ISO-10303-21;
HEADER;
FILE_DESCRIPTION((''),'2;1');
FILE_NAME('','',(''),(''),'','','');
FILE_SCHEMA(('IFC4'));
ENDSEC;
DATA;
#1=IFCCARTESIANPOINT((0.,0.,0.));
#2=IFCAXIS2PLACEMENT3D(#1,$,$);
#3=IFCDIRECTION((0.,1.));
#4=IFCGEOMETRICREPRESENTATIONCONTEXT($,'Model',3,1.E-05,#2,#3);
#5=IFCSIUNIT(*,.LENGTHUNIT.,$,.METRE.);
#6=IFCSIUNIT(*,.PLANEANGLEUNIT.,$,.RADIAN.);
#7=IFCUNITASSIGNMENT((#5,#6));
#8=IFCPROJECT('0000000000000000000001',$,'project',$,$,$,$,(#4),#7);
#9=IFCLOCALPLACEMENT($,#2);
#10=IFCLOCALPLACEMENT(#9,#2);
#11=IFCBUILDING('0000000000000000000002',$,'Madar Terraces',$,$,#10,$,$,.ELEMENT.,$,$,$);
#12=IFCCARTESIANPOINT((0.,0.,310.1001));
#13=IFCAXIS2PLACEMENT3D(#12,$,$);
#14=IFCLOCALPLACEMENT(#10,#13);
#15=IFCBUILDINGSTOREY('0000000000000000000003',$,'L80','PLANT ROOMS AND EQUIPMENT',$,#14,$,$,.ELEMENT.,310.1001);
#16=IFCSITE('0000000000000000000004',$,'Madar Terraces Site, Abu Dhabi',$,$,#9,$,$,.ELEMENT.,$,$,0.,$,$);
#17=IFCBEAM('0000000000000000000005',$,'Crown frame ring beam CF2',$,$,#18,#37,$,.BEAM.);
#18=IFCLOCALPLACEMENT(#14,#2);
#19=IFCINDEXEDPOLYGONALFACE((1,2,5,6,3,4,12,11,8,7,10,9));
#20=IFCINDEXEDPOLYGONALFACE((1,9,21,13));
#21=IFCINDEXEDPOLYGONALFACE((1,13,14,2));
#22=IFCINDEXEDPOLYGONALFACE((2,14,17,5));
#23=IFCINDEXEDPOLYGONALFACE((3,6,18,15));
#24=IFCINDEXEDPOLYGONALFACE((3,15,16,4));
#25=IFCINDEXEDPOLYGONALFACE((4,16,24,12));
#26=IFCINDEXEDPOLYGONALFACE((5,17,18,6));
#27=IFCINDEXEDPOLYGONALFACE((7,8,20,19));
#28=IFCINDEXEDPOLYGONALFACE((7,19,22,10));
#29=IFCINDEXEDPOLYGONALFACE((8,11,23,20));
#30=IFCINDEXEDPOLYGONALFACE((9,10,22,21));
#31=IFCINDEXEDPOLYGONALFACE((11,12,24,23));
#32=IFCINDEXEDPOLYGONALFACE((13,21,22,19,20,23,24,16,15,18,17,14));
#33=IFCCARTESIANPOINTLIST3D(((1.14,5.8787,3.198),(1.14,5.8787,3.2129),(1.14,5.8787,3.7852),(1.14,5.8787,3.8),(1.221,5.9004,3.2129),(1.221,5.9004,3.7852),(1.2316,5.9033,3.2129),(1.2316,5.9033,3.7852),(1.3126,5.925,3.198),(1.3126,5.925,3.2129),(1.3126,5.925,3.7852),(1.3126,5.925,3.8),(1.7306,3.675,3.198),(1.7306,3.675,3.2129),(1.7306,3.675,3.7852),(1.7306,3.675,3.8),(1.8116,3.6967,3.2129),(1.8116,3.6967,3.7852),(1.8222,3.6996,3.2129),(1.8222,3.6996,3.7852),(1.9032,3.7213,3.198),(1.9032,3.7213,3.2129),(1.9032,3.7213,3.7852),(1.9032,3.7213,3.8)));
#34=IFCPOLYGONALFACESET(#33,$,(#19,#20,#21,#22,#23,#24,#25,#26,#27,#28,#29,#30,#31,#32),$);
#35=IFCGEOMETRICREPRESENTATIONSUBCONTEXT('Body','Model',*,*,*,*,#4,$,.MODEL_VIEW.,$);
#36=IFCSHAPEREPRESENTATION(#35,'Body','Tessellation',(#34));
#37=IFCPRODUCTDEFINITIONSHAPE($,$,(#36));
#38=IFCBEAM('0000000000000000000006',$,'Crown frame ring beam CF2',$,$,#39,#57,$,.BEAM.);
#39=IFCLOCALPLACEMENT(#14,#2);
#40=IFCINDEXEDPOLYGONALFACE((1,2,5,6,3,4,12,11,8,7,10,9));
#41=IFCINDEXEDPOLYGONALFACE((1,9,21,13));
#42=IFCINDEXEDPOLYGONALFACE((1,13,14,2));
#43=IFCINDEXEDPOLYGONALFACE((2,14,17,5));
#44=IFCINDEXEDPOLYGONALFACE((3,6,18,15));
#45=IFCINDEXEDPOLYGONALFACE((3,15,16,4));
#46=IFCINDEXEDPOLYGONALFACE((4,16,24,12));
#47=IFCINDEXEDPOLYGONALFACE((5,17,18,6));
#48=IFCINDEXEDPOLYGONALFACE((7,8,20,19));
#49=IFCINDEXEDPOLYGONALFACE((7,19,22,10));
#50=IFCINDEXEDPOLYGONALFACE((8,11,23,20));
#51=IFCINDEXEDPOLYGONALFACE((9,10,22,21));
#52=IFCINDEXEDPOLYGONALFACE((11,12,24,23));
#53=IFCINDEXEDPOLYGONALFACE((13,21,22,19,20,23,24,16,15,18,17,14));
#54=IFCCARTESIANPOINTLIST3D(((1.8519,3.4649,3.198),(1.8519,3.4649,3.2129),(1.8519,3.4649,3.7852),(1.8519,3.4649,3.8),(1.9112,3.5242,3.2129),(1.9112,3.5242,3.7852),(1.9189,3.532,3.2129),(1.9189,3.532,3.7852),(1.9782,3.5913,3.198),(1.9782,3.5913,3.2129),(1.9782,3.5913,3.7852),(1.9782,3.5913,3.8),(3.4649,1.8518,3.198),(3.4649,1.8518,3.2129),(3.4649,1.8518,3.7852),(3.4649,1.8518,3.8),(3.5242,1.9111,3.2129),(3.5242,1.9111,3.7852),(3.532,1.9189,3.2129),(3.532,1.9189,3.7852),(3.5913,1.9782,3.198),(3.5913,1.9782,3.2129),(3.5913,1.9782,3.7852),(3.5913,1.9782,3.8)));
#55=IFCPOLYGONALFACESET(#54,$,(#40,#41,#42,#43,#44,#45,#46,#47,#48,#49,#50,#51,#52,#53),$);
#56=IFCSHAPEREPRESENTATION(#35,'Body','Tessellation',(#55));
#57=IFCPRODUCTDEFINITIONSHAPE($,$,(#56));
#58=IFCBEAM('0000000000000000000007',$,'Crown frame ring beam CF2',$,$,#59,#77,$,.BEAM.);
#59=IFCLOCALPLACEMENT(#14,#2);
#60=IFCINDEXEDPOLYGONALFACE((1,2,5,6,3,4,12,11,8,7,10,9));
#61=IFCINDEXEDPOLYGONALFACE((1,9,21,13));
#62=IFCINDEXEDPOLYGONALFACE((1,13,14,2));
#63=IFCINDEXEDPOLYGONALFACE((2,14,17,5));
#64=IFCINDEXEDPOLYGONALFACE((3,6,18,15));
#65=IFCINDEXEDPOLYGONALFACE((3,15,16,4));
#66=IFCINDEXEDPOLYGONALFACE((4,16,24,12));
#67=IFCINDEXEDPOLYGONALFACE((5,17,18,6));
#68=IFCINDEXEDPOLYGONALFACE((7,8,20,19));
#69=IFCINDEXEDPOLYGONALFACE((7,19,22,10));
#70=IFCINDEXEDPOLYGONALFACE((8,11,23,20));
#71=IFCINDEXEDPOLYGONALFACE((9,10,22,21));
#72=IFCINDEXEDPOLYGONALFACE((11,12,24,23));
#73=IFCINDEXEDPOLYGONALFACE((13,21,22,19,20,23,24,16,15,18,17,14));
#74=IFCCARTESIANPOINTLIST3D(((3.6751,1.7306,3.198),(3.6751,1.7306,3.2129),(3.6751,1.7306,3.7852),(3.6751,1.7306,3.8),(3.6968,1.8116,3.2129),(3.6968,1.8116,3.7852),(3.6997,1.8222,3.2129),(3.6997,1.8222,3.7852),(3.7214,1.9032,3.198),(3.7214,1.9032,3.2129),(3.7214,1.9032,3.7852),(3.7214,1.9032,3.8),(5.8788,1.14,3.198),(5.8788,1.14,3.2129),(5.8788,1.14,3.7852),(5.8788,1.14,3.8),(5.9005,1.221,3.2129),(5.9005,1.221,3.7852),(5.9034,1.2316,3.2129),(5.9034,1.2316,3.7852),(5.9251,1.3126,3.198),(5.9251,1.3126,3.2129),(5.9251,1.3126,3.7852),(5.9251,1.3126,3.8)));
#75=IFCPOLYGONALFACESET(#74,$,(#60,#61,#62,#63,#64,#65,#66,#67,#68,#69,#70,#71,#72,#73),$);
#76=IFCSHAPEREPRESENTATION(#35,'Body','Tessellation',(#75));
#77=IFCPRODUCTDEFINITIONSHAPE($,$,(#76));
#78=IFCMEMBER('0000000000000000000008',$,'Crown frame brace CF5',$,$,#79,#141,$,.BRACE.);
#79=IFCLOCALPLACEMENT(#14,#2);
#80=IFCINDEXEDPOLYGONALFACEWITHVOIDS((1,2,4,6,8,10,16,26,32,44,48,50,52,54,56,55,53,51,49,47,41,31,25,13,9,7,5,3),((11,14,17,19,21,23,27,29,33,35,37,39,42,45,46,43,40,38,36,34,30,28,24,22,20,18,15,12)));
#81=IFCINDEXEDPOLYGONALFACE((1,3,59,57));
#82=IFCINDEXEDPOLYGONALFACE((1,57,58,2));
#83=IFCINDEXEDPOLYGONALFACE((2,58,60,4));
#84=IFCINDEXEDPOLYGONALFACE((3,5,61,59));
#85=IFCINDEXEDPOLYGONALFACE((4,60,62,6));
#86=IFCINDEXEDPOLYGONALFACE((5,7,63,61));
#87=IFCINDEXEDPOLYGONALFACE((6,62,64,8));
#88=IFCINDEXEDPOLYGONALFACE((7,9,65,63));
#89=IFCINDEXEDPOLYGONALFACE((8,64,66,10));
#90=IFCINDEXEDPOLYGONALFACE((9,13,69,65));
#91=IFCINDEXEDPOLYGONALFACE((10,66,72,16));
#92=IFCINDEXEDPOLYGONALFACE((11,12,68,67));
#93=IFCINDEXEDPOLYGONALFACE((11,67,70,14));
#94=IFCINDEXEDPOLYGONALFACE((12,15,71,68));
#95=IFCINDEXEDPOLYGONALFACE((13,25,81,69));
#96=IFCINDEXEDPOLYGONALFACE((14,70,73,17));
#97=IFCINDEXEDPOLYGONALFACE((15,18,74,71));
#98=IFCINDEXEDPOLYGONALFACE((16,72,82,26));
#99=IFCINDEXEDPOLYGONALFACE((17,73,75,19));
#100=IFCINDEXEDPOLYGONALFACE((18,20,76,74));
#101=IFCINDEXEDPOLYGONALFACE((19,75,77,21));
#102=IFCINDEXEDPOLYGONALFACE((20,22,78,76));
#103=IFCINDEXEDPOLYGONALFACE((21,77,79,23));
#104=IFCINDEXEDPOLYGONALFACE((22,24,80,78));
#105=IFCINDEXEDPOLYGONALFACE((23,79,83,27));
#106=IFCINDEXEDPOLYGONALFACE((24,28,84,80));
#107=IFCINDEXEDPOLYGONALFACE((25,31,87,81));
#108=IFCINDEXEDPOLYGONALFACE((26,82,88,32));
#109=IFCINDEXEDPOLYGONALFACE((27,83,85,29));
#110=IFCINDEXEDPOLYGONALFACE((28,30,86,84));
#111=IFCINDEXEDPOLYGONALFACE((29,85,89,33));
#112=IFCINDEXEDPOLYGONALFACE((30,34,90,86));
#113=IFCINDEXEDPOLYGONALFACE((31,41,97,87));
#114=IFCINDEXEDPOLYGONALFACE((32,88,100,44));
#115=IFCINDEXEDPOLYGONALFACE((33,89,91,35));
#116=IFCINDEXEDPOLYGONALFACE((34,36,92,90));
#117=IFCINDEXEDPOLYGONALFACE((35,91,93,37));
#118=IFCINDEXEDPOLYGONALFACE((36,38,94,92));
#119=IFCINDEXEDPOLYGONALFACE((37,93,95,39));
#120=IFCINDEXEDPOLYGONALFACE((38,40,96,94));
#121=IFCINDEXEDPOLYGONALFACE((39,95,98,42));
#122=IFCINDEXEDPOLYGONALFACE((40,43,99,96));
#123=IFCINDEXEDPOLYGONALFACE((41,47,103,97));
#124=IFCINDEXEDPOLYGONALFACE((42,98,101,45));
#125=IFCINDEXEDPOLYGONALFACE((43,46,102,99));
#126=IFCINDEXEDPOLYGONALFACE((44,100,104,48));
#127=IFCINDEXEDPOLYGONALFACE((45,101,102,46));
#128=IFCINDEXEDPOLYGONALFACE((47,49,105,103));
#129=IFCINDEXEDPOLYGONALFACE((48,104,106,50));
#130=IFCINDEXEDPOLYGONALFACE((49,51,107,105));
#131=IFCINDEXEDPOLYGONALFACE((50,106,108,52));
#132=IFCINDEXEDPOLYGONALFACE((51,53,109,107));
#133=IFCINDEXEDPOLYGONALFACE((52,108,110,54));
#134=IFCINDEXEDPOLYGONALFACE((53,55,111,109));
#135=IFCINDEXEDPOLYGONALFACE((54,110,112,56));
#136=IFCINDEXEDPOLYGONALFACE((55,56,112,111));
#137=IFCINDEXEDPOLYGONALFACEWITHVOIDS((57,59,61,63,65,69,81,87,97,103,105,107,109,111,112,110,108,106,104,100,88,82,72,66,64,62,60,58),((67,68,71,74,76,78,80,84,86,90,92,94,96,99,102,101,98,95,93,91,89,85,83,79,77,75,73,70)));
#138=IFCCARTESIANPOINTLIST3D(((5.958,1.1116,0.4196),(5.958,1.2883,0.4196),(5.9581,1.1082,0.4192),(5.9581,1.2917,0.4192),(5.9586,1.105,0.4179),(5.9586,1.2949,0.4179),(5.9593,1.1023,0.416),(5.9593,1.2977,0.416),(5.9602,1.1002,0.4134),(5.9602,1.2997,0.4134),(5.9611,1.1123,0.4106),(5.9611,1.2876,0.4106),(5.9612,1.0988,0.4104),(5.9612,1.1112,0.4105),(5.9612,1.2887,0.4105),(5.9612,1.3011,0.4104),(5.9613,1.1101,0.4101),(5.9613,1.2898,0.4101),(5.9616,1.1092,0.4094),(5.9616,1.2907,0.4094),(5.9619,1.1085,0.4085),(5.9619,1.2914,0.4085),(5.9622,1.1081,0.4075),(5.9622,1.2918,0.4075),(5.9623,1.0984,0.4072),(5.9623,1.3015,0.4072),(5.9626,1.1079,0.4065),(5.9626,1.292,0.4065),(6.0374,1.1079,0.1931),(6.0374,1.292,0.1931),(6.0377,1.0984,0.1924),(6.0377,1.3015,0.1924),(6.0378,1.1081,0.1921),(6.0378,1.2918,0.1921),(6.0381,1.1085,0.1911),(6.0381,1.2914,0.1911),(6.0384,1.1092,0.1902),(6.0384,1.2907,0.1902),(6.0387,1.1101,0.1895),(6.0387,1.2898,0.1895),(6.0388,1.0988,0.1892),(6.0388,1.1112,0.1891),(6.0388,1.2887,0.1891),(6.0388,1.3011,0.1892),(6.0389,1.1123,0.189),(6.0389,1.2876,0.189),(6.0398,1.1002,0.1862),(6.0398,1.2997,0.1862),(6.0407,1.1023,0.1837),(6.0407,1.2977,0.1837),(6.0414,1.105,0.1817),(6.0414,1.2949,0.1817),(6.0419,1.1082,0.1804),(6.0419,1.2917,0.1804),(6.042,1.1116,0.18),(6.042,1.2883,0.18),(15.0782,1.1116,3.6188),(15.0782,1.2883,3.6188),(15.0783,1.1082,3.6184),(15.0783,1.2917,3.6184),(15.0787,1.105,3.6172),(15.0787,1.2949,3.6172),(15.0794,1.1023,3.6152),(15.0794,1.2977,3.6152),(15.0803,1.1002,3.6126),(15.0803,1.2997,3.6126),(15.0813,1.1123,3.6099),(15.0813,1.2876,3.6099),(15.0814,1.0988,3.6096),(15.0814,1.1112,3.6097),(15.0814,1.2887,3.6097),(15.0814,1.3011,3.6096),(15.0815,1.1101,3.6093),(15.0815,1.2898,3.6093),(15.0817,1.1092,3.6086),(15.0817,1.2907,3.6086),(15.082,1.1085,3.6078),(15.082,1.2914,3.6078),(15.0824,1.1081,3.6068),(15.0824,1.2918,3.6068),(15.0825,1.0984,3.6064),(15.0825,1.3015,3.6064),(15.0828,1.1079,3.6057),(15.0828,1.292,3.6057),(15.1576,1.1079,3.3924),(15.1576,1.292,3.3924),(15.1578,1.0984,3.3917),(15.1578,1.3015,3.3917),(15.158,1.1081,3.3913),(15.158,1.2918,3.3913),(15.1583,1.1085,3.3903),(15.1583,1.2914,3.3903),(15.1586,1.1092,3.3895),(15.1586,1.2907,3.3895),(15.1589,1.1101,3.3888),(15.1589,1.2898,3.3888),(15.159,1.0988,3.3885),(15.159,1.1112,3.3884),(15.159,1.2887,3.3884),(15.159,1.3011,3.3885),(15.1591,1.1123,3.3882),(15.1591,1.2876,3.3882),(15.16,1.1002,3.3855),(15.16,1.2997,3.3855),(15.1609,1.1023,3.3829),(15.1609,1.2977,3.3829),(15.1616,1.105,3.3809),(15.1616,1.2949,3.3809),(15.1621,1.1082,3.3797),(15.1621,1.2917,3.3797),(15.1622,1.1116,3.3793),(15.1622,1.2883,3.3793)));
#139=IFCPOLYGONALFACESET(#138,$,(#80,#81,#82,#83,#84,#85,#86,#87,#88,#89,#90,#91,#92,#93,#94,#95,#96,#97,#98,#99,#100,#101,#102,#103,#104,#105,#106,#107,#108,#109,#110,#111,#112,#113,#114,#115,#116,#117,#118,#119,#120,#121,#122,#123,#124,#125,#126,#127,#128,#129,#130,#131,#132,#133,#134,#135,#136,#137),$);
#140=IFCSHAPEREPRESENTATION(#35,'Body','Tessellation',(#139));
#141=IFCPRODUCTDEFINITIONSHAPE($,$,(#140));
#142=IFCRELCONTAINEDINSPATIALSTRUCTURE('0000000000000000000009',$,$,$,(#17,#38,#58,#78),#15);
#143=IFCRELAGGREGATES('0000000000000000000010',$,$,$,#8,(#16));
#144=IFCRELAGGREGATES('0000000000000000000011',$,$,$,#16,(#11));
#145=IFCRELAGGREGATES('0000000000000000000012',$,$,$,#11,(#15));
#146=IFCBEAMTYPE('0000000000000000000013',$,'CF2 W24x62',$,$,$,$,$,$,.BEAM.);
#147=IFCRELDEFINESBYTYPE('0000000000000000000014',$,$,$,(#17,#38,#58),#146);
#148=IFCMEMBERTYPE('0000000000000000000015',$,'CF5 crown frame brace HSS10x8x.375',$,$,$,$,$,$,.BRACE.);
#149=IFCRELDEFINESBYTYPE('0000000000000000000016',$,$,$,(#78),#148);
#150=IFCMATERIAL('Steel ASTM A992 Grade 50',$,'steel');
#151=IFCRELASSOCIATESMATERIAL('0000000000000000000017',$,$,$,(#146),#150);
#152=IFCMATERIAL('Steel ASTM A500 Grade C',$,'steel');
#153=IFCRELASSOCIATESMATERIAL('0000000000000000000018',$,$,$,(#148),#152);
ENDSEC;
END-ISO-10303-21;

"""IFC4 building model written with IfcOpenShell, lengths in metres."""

from ifc_helpers import new_model, si_unit, direction, frame, origin, origin_2d, place, context, subcontext, project, spatial, hollow_rectangle, i_section, extrude, material, material_profile, profile_set, type_object, element, save


model = new_model("IFC4")

# Units and contexts
model_context = context("Model", 3, precision=1e-05, world=origin(), true_north=direction((0.0, 1.0)))
body_context = subcontext(model_context, "Body", "Model", "MODEL_VIEW")
ifc_project = project(units=[si_unit("LENGTHUNIT", "METRE"), si_unit("PLANEANGLEUNIT", "RADIAN")], contexts=[model_context])

# Site, building, storey
site_placement = place(None, origin())
site = spatial("IfcSite", under=ifc_project, at=site_placement, Name="Madar Terraces Site, Abu Dhabi", CompositionType="ELEMENT", RefElevation=0.0)
building_placement = place(site_placement, origin())
building = spatial("IfcBuilding", under=site, at=building_placement, Name="Madar Terraces", CompositionType="ELEMENT")
storey_placement = place(building_placement, frame((0.0, 0.0, 310.1001)))
storey = spatial("IfcBuildingStorey", under=building, at=storey_placement, Name="L80", Description="PLANT ROOMS AND EQUIPMENT", CompositionType="ELEMENT", Elevation=310.1001)

# Beams
ifc_material_1 = material(Name="Steel ASTM A992 Grade 50", Category="steel")
ifc_material_profile_1 = material_profile(ifc_material_1, i_section(OverallWidth=0.1787, OverallDepth=0.6021, WebThickness=0.011, FlangeThickness=0.0149, at=origin_2d()), Name="W24x62")
ifc_profile_set_1 = profile_set([ifc_material_profile_1], Name="Steel ASTM A992 Grade 50")
beam_type = type_object("IfcBeamType", Name="CF2 W24x62", PredefinedType="BEAM", material=ifc_profile_set_1)
beam_1_placement = place(storey_placement, frame((1.2263, 5.9019, 3.499), z_axis=(0.258868, -0.965913, 0.0), x_axis=(0.965913, 0.258868, 0.0)))
element("IfcBeam", 1, at=beam_1_placement, inside=storey, type_object=beam_type, Name="Crown frame ring beam CF2", PredefinedType="BEAM", context=body_context, shape_type="SweptSolid", body=[
    extrude(i_section(OverallWidth=0.1787, OverallDepth=0.6021, WebThickness=0.011, FlangeThickness=0.0149, at=origin_2d()), origin(), (0.0, 0.0, 1.0), 2.2815),
])
beam_2_placement = place(storey_placement, frame((1.915, 3.5281, 3.499), z_axis=(0.707107, -0.707107, 0.0), x_axis=(0.707107, 0.707107, 0.0)))
element("IfcBeam", 2, at=beam_2_placement, inside=storey, type_object=beam_type, Name="Crown frame ring beam CF2", PredefinedType="BEAM", context=body_context, shape_type="SweptSolid", body=[
    extrude(i_section(OverallWidth=0.1787, OverallDepth=0.6021, WebThickness=0.011, FlangeThickness=0.0149, at=origin_2d()), origin(), (0.0, 0.0, 1.0), 2.2812),
])
beam_3_placement = place(storey_placement, frame((3.6982, 1.8169, 3.499), z_axis=(0.965913, -0.258868, 0.0), x_axis=(0.258868, 0.965913, 0.0)))
element("IfcBeam", 3, at=beam_3_placement, inside=storey, type_object=beam_type, Name="Crown frame ring beam CF2", PredefinedType="BEAM", context=body_context, shape_type="SweptSolid", body=[
    extrude(i_section(OverallWidth=0.1787, OverallDepth=0.6021, WebThickness=0.011, FlangeThickness=0.0149, at=origin_2d()), origin(), (0.0, 0.0, 1.0), 2.2815),
])

# Member
ifc_material_2 = material(Name="Steel ASTM A500 Grade C", Category="steel")
ifc_material_profile_2 = material_profile(ifc_material_2, hollow_rectangle(XDim=0.2031, YDim=0.2539, WallThickness=0.0095, InnerFilletRadius=0.0044, OuterFilletRadius=0.0132, at=origin_2d()), Name="HSS10x8x.375")
ifc_profile_set_2 = profile_set([ifc_material_profile_2], Name="Steel ASTM A500 Grade C")
member_type_1 = type_object("IfcMemberType", Name="CF5 crown frame brace HSS10x8x.375", PredefinedType="BRACE", material=ifc_profile_set_2)
member_1_placement = place(storey_placement, frame((6.0, 1.2, 0.2998), z_axis=(0.943627, 0.0, 0.331012), x_axis=(0.0, 1.0, 0.0)))
element("IfcMember", 4, at=member_1_placement, inside=storey, type_object=member_type_1, Name="Crown frame brace CF5", PredefinedType="BRACE", context=body_context, shape_type="SweptSolid", body=[
    extrude(hollow_rectangle(XDim=0.2031, YDim=0.2539, WallThickness=0.0095, InnerFilletRadius=0.0044, OuterFilletRadius=0.0132, at=origin_2d()), origin(), (0.0, 0.0, 1.0), 9.665),
])

save(model, "model.ifc")
